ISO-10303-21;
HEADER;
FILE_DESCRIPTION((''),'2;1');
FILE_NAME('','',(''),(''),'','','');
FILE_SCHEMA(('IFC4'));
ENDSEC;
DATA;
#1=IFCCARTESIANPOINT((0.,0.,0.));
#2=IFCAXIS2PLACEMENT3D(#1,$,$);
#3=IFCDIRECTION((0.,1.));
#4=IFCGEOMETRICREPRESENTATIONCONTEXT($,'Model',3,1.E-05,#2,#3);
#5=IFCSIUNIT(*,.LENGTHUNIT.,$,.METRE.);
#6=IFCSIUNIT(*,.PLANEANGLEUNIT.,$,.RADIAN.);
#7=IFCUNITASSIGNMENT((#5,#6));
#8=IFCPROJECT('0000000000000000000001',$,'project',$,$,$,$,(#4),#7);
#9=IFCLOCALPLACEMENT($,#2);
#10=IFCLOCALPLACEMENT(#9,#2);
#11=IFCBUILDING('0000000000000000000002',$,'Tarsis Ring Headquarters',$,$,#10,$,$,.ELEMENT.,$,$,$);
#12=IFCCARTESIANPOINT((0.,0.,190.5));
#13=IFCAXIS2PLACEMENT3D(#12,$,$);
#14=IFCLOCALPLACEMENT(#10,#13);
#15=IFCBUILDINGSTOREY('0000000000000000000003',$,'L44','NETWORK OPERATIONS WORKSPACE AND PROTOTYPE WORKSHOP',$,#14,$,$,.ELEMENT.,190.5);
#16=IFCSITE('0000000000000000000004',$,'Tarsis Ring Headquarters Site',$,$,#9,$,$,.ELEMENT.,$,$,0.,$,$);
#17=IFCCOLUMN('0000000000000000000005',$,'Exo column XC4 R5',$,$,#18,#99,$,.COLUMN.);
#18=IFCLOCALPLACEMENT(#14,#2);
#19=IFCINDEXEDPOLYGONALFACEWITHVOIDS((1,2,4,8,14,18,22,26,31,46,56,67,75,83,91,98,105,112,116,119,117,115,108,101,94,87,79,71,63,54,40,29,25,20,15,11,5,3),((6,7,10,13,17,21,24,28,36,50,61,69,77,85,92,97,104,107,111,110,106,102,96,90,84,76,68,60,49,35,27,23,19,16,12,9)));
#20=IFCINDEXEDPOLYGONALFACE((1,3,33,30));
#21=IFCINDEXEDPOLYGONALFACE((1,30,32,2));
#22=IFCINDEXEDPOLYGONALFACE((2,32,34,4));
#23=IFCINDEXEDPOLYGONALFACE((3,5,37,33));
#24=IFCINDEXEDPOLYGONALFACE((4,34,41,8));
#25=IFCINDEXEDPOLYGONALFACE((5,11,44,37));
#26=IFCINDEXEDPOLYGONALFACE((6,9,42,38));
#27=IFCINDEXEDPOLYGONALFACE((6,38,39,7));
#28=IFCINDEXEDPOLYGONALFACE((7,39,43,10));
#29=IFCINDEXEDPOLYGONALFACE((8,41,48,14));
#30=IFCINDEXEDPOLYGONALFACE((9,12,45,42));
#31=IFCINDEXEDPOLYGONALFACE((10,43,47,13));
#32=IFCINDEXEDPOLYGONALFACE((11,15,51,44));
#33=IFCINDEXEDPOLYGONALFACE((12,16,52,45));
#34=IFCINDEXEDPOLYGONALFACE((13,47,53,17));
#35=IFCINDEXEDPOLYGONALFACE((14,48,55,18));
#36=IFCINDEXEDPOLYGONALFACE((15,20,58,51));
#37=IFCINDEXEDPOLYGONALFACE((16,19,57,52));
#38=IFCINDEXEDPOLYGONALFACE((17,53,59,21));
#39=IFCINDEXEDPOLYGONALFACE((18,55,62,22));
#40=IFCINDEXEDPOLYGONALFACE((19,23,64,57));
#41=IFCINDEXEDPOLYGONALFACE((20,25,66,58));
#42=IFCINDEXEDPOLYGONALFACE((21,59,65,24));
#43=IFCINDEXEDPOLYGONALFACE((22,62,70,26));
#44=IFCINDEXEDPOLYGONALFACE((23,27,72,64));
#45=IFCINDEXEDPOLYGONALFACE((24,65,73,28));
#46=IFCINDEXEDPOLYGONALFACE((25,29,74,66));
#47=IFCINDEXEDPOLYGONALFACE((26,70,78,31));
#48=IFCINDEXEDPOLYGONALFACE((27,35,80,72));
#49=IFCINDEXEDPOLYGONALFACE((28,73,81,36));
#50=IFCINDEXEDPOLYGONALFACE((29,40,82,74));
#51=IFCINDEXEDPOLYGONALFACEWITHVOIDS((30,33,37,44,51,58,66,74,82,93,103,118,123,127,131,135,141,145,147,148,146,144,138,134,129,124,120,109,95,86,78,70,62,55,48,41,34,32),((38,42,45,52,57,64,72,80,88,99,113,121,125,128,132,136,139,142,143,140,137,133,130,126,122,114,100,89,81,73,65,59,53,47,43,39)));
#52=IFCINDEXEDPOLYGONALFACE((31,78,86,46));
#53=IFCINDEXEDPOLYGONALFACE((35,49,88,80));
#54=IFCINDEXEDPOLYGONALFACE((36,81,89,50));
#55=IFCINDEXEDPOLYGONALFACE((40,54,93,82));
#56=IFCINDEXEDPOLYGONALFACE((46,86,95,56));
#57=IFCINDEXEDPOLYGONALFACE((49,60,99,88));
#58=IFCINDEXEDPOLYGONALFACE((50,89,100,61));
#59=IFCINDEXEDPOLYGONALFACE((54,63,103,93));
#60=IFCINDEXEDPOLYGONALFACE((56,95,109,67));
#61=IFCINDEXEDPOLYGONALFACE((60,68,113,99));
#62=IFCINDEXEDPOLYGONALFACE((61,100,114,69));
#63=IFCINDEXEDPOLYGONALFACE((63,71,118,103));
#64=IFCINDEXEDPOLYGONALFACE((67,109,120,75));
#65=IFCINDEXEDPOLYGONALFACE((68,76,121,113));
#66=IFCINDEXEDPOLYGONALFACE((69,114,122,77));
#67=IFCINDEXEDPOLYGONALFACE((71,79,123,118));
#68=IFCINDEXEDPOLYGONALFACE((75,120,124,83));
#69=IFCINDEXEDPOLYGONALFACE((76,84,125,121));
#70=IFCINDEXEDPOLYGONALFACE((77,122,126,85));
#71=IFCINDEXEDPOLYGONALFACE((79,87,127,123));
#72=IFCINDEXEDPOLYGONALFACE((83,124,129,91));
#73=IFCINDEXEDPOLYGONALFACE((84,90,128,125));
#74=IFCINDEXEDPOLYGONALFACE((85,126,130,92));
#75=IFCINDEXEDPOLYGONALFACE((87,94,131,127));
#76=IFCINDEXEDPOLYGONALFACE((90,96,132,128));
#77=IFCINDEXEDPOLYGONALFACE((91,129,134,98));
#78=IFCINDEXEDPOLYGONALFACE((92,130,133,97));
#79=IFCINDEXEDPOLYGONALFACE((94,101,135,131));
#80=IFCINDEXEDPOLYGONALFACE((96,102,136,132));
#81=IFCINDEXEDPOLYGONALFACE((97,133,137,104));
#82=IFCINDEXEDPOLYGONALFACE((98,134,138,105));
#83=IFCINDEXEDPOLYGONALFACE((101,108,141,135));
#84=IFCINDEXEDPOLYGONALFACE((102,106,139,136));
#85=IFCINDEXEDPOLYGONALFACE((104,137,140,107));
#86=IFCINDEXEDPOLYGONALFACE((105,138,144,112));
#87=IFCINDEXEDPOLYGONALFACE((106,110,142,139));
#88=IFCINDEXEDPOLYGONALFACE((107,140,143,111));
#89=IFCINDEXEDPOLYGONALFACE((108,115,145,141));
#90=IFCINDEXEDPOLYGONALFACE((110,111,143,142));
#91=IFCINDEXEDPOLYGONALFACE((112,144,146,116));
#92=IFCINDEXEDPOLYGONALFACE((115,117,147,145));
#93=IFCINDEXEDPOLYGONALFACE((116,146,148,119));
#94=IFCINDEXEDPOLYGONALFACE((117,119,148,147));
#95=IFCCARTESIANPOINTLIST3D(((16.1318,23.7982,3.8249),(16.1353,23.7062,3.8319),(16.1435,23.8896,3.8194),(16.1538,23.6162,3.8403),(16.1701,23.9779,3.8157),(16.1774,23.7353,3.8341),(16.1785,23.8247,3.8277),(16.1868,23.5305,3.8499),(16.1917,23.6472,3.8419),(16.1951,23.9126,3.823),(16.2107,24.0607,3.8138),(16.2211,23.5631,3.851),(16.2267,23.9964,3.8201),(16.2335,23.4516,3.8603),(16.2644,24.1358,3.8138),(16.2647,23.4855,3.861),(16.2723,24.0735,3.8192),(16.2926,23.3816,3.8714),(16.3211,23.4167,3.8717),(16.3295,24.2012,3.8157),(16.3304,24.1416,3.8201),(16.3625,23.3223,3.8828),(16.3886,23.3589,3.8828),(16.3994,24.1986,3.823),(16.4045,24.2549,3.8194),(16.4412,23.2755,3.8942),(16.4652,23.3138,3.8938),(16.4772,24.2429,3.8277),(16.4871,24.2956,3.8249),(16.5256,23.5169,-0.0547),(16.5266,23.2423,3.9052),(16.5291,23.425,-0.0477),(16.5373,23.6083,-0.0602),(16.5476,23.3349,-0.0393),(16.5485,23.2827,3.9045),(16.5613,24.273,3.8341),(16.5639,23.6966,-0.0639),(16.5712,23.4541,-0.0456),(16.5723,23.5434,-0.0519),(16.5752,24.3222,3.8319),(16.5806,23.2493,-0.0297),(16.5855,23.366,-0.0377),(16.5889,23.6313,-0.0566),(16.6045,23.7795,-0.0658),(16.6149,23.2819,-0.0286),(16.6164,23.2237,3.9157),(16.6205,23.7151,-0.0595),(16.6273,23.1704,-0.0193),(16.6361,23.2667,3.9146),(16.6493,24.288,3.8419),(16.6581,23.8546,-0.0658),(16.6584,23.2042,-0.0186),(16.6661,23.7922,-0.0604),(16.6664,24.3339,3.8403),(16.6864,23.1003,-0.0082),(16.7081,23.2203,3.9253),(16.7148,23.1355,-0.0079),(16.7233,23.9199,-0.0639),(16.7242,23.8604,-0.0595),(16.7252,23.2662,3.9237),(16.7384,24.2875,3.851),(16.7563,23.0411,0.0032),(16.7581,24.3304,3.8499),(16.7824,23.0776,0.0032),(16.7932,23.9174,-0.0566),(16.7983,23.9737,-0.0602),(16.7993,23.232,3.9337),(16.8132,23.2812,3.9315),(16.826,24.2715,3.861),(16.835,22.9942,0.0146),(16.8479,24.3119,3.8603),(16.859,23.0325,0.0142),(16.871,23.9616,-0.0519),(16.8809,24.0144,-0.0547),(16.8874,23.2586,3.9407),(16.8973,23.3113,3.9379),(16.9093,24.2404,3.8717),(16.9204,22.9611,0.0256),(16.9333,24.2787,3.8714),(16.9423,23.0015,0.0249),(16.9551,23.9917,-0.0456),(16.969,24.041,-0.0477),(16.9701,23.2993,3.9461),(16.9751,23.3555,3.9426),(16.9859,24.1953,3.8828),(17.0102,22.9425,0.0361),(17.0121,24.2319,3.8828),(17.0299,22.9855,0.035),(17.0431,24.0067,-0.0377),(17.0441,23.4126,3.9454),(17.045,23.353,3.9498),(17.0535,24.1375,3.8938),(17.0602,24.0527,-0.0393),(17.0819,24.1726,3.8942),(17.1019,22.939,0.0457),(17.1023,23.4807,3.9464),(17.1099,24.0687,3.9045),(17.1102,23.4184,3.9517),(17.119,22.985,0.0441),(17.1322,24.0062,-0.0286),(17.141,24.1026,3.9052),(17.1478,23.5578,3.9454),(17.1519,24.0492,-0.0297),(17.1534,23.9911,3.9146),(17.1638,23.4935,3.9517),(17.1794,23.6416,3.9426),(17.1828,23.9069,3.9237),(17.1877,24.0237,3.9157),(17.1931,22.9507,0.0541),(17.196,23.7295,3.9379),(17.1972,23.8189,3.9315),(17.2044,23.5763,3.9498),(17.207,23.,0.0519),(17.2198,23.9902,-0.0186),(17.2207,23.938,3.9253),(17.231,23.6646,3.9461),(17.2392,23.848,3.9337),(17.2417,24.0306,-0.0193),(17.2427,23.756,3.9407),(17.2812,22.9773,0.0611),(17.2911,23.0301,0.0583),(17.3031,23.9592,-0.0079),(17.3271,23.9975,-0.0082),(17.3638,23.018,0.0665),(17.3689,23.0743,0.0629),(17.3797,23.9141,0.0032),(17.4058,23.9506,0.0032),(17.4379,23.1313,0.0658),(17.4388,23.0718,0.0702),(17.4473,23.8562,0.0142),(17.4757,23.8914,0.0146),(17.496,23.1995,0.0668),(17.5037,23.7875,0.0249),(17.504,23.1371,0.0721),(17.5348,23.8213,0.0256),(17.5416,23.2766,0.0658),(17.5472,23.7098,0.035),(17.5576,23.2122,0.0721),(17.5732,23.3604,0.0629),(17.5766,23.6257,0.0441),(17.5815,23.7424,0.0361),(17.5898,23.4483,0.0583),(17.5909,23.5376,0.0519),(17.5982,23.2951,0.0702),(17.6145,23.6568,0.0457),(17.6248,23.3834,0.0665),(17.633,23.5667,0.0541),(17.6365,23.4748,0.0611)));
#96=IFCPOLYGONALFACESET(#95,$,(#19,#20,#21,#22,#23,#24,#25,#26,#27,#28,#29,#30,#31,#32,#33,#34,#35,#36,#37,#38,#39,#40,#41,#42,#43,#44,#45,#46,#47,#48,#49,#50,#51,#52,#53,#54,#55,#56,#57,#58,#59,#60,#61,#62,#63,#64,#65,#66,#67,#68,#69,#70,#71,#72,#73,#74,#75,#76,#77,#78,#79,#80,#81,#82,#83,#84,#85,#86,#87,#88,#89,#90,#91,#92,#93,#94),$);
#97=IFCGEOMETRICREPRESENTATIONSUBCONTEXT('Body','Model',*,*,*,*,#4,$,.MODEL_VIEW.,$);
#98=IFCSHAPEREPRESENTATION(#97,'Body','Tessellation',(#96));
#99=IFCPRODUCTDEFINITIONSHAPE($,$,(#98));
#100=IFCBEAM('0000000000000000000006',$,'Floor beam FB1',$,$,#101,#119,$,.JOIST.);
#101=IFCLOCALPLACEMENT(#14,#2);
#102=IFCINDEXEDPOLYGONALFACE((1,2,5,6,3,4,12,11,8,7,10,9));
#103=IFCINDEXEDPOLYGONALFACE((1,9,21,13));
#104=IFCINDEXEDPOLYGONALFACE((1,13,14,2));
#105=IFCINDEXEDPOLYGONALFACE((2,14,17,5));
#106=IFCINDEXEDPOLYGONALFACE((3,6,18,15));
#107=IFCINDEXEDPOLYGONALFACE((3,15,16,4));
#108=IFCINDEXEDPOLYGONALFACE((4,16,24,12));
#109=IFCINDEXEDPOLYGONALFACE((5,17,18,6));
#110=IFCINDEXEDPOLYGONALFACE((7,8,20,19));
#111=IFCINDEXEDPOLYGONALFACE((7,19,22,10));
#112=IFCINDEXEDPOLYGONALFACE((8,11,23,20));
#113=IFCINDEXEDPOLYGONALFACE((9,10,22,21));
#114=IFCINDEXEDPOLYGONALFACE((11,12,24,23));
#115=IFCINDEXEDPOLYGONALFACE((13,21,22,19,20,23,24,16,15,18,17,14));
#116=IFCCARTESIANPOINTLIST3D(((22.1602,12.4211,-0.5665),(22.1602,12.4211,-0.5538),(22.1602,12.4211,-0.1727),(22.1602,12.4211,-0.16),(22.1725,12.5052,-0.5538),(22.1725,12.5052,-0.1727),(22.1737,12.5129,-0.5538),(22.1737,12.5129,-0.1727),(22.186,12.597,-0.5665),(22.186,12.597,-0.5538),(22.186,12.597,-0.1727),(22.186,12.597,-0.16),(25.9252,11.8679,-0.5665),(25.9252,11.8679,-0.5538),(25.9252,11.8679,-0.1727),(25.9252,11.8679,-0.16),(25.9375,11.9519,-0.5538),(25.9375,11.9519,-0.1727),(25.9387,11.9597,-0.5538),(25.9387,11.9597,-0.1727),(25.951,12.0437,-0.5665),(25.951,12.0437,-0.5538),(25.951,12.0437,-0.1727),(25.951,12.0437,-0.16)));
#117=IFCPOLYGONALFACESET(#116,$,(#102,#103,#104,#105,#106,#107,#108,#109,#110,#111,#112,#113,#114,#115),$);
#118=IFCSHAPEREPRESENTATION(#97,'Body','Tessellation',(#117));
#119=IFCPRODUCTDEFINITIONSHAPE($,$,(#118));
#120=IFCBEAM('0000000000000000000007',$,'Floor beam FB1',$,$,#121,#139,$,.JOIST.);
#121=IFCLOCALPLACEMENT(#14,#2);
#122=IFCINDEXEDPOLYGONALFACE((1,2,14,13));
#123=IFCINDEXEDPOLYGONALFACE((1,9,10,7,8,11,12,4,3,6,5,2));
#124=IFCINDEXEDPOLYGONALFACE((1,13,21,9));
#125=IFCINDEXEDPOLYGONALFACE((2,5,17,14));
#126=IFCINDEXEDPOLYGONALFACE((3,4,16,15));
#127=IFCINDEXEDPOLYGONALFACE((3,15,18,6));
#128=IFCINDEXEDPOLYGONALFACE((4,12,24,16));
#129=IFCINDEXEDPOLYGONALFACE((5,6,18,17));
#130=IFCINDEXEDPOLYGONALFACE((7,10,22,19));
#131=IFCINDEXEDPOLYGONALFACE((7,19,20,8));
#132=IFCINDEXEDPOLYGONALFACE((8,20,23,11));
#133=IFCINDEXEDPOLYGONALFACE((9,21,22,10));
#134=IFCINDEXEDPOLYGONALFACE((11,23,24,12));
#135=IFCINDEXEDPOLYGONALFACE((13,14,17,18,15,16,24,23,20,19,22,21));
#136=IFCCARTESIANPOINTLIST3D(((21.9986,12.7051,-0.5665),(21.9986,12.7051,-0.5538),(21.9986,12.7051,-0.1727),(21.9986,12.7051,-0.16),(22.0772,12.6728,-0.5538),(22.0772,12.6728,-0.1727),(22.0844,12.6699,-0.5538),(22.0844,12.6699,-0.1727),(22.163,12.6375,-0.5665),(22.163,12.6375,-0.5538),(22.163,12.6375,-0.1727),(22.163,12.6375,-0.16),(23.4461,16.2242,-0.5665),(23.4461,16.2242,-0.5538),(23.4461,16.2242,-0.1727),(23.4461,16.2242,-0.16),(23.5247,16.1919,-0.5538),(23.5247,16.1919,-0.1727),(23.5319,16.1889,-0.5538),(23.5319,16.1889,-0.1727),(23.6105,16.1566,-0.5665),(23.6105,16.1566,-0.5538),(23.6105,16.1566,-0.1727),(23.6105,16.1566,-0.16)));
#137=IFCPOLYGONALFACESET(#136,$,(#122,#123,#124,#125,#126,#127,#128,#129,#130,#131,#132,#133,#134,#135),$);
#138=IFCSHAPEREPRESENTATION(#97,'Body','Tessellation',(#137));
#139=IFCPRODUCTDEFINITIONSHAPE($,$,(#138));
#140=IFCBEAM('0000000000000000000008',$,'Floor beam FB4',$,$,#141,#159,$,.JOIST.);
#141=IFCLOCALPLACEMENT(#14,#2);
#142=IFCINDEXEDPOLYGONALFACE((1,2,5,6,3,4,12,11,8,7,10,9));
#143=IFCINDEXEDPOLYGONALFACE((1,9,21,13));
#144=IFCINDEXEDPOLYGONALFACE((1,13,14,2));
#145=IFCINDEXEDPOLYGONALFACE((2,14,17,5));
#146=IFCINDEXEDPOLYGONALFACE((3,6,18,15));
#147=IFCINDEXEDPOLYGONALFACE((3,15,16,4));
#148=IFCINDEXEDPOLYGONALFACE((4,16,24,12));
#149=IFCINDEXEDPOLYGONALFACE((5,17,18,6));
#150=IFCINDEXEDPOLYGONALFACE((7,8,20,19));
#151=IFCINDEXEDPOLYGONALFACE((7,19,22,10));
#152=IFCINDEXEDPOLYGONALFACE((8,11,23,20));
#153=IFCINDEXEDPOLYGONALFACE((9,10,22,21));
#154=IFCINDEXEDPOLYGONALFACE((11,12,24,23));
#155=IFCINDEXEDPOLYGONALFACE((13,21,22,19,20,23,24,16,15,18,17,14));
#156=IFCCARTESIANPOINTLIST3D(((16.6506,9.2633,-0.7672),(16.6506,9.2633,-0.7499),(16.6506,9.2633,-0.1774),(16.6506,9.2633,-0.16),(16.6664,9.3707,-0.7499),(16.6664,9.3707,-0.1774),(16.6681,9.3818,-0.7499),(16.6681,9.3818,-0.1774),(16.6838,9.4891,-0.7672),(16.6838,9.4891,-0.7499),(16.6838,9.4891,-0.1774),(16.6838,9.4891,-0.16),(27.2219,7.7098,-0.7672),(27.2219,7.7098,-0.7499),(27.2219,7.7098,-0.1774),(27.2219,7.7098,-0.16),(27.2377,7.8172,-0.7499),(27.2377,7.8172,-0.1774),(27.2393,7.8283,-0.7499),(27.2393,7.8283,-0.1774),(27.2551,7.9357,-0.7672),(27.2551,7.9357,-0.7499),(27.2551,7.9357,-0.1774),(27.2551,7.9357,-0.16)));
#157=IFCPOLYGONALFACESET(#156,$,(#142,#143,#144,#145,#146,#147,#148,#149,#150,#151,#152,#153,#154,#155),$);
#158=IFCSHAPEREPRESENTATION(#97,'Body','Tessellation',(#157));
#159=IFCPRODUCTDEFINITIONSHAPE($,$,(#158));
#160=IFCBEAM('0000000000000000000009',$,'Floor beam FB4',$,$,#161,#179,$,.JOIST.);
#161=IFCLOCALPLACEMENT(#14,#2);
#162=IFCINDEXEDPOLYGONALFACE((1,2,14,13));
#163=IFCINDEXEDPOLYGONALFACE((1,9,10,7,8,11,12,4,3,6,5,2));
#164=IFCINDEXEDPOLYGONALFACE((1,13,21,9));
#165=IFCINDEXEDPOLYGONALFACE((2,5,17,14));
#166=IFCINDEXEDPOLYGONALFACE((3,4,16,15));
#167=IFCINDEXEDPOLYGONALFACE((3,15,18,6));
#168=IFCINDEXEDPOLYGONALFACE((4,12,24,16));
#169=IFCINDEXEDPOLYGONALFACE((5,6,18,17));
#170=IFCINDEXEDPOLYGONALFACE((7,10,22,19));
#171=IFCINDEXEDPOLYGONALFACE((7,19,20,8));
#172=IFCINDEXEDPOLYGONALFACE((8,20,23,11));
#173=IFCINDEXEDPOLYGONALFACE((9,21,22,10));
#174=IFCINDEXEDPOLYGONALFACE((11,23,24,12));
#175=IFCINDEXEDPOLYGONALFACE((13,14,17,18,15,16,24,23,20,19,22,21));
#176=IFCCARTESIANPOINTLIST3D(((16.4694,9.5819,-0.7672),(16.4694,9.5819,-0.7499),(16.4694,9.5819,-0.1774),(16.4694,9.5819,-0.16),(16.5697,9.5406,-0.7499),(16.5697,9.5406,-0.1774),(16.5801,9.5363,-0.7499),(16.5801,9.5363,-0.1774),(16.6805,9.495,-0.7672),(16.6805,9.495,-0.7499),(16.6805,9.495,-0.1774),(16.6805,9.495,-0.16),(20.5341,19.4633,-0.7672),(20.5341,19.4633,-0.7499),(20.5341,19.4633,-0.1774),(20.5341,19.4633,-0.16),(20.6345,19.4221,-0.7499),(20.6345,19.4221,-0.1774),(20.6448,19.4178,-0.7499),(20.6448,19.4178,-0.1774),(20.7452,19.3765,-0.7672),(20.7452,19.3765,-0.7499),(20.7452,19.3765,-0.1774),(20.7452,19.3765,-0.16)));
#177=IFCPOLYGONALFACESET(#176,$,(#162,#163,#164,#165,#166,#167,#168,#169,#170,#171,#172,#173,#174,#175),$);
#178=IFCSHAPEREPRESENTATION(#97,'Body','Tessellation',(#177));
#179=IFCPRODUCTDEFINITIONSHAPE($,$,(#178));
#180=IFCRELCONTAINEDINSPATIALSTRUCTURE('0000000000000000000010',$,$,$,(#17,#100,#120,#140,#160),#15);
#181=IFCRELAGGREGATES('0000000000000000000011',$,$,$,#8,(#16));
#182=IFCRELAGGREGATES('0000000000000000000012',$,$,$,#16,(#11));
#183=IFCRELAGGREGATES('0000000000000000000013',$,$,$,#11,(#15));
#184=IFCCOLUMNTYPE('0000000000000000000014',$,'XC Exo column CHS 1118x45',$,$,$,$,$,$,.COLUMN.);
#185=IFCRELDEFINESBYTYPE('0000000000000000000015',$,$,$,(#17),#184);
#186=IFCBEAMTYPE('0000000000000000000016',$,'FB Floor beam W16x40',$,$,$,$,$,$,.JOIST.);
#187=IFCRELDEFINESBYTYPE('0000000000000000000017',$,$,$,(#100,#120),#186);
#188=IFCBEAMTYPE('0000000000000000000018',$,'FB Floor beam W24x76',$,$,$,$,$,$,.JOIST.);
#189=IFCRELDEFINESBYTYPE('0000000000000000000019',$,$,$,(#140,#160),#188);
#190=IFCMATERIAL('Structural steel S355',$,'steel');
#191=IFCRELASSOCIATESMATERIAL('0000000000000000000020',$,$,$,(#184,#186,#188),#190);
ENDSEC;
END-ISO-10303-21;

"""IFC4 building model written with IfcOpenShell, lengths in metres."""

from ifc_helpers import new_model, si_unit, direction, frame, origin, origin_2d, place, context, subcontext, project, spatial, hollow_circle, i_section, extrude, material, material_profile, profile_set, type_object, element, save


model = new_model("IFC4")

# Units and contexts
model_context = context("Model", 3, precision=1e-05, world=origin(), true_north=direction((0.0, 1.0)))
body_context = subcontext(model_context, "Body", "Model", "MODEL_VIEW")
ifc_project = project(units=[si_unit("LENGTHUNIT", "METRE"), si_unit("PLANEANGLEUNIT", "RADIAN")], contexts=[model_context])

# Site, building, storey
site_placement = place(None, origin())
site = spatial("IfcSite", under=ifc_project, at=site_placement, Name="Tarsis Ring Headquarters Site", CompositionType="ELEMENT", RefElevation=0.0)
building_placement = place(site_placement, origin())
building = spatial("IfcBuilding", under=site, at=building_placement, Name="Tarsis Ring Headquarters", CompositionType="ELEMENT")
storey_placement = place(building_placement, frame((0.0, 0.0, 190.5)))
storey = spatial("IfcBuildingStorey", under=building, at=storey_placement, Name="L44", Description="NETWORK OPERATIONS WORKSPACE AND PROTOTYPE WORKSHOP", CompositionType="ELEMENT", Elevation=190.5)

# Column
ifc_material_1 = material(Name="Structural steel S355", Category="steel")
ifc_material_profile_1 = material_profile(ifc_material_1, hollow_circle(Radius=0.5588, WallThickness=0.0449, at=origin_2d()), Name="CHS 1118x45")
ifc_profile_set_1 = profile_set([ifc_material_profile_1], Name="Structural steel S355")
column_type = type_object("IfcColumnType", Name="XC Exo column CHS 1118x45", PredefinedType="COLUMN", material=ifc_profile_set_1)
for number, where, z_axis, x_axis, name in (
    (1, (17.0811, 23.4958, 0.0032), (-0.100723, 0.071936, 0.99231), (-0.58119, -0.813768, 0.0), "Exo column XC4 R5"),
):
    element("IfcColumn", number, at=place(storey_placement, frame(where, z_axis=z_axis, x_axis=x_axis)), inside=storey, type_object=column_type, Name=name, PredefinedType="COLUMN", context=body_context, shape_type="SweptSolid", body=[
        extrude(hollow_circle(Radius=0.5588, WallThickness=0.0449, at=origin_2d()), origin(), (0.0, 0.0, 1.0), 3.9097),
    ])

# Beams
ifc_material_profile_2 = material_profile(ifc_material_1, i_section(OverallWidth=0.1777, OverallDepth=0.4065, WebThickness=0.0078, FlangeThickness=0.0127, at=origin_2d()), Name="W16x40")
ifc_profile_set_2 = profile_set([ifc_material_profile_2], Name="Structural steel S355")
beam_type_1 = type_object("IfcBeamType", Name="FB Floor beam W16x40", PredefinedType="JOIST", material=ifc_profile_set_2)
beam_1_placement = place(storey_placement, frame((22.1731, 12.509, -0.3633), z_axis=(0.989376, -0.145381, 0.0), x_axis=(0.145381, 0.989376, 0.0)))
element("IfcBeam", 2, at=beam_1_placement, inside=storey, type_object=beam_type_1, Name="Floor beam FB1", PredefinedType="JOIST", context=body_context, shape_type="SweptSolid", body=[
    extrude(i_section(OverallWidth=0.1777, OverallDepth=0.4065, WebThickness=0.0078, FlangeThickness=0.0127, at=origin_2d()), origin(), (0.0, 0.0, 1.0), 3.8054),
])
beam_2_placement = place(storey_placement, frame((23.5283, 16.1904, -0.3633), z_axis=(-0.380411, -0.924818, 0.0), x_axis=(0.924818, -0.380411, 0.0)))
element("IfcBeam", 3, at=beam_2_placement, inside=storey, type_object=beam_type_1, Name="Floor beam FB1", PredefinedType="JOIST", context=body_context, shape_type="SweptSolid", body=[
    extrude(i_section(OverallWidth=0.1777, OverallDepth=0.4065, WebThickness=0.0078, FlangeThickness=0.0127, at=origin_2d()), origin(), (0.0, 0.0, 1.0), 3.8052),
])
ifc_material_profile_3 = material_profile(ifc_material_1, i_section(OverallWidth=0.2283, OverallDepth=0.6072, WebThickness=0.0112, FlangeThickness=0.0173, at=origin_2d()), Name="W24x76")
ifc_profile_set_3 = profile_set([ifc_material_profile_3], Name="Structural steel S355")
beam_type_2 = type_object("IfcBeamType", Name="FB Floor beam W24x76", PredefinedType="JOIST", material=ifc_profile_set_3)
for number, where, z_axis, x_axis, name in (
    (4, (16.6672, 9.3762, -0.4636), (0.989374, -0.14539, 0.0), (0.14539, 0.989374, 0.0), "Floor beam FB4"),
    (5, (20.6396, 19.4199, -0.4636), (-0.380422, -0.924813, 0.0), (0.924813, -0.380422, 0.0), "Floor beam FB4"),
):
    element("IfcBeam", number, at=place(storey_placement, frame(where, z_axis=z_axis, x_axis=x_axis)), inside=storey, type_object=beam_type_2, Name=name, PredefinedType="JOIST", context=body_context, shape_type="SweptSolid", body=[
        extrude(i_section(OverallWidth=0.2283, OverallDepth=0.6072, WebThickness=0.0112, FlangeThickness=0.0173, at=origin_2d()), origin(), (0.0, 0.0, 1.0), 10.6848),
    ])

save(model, "model.ifc")
